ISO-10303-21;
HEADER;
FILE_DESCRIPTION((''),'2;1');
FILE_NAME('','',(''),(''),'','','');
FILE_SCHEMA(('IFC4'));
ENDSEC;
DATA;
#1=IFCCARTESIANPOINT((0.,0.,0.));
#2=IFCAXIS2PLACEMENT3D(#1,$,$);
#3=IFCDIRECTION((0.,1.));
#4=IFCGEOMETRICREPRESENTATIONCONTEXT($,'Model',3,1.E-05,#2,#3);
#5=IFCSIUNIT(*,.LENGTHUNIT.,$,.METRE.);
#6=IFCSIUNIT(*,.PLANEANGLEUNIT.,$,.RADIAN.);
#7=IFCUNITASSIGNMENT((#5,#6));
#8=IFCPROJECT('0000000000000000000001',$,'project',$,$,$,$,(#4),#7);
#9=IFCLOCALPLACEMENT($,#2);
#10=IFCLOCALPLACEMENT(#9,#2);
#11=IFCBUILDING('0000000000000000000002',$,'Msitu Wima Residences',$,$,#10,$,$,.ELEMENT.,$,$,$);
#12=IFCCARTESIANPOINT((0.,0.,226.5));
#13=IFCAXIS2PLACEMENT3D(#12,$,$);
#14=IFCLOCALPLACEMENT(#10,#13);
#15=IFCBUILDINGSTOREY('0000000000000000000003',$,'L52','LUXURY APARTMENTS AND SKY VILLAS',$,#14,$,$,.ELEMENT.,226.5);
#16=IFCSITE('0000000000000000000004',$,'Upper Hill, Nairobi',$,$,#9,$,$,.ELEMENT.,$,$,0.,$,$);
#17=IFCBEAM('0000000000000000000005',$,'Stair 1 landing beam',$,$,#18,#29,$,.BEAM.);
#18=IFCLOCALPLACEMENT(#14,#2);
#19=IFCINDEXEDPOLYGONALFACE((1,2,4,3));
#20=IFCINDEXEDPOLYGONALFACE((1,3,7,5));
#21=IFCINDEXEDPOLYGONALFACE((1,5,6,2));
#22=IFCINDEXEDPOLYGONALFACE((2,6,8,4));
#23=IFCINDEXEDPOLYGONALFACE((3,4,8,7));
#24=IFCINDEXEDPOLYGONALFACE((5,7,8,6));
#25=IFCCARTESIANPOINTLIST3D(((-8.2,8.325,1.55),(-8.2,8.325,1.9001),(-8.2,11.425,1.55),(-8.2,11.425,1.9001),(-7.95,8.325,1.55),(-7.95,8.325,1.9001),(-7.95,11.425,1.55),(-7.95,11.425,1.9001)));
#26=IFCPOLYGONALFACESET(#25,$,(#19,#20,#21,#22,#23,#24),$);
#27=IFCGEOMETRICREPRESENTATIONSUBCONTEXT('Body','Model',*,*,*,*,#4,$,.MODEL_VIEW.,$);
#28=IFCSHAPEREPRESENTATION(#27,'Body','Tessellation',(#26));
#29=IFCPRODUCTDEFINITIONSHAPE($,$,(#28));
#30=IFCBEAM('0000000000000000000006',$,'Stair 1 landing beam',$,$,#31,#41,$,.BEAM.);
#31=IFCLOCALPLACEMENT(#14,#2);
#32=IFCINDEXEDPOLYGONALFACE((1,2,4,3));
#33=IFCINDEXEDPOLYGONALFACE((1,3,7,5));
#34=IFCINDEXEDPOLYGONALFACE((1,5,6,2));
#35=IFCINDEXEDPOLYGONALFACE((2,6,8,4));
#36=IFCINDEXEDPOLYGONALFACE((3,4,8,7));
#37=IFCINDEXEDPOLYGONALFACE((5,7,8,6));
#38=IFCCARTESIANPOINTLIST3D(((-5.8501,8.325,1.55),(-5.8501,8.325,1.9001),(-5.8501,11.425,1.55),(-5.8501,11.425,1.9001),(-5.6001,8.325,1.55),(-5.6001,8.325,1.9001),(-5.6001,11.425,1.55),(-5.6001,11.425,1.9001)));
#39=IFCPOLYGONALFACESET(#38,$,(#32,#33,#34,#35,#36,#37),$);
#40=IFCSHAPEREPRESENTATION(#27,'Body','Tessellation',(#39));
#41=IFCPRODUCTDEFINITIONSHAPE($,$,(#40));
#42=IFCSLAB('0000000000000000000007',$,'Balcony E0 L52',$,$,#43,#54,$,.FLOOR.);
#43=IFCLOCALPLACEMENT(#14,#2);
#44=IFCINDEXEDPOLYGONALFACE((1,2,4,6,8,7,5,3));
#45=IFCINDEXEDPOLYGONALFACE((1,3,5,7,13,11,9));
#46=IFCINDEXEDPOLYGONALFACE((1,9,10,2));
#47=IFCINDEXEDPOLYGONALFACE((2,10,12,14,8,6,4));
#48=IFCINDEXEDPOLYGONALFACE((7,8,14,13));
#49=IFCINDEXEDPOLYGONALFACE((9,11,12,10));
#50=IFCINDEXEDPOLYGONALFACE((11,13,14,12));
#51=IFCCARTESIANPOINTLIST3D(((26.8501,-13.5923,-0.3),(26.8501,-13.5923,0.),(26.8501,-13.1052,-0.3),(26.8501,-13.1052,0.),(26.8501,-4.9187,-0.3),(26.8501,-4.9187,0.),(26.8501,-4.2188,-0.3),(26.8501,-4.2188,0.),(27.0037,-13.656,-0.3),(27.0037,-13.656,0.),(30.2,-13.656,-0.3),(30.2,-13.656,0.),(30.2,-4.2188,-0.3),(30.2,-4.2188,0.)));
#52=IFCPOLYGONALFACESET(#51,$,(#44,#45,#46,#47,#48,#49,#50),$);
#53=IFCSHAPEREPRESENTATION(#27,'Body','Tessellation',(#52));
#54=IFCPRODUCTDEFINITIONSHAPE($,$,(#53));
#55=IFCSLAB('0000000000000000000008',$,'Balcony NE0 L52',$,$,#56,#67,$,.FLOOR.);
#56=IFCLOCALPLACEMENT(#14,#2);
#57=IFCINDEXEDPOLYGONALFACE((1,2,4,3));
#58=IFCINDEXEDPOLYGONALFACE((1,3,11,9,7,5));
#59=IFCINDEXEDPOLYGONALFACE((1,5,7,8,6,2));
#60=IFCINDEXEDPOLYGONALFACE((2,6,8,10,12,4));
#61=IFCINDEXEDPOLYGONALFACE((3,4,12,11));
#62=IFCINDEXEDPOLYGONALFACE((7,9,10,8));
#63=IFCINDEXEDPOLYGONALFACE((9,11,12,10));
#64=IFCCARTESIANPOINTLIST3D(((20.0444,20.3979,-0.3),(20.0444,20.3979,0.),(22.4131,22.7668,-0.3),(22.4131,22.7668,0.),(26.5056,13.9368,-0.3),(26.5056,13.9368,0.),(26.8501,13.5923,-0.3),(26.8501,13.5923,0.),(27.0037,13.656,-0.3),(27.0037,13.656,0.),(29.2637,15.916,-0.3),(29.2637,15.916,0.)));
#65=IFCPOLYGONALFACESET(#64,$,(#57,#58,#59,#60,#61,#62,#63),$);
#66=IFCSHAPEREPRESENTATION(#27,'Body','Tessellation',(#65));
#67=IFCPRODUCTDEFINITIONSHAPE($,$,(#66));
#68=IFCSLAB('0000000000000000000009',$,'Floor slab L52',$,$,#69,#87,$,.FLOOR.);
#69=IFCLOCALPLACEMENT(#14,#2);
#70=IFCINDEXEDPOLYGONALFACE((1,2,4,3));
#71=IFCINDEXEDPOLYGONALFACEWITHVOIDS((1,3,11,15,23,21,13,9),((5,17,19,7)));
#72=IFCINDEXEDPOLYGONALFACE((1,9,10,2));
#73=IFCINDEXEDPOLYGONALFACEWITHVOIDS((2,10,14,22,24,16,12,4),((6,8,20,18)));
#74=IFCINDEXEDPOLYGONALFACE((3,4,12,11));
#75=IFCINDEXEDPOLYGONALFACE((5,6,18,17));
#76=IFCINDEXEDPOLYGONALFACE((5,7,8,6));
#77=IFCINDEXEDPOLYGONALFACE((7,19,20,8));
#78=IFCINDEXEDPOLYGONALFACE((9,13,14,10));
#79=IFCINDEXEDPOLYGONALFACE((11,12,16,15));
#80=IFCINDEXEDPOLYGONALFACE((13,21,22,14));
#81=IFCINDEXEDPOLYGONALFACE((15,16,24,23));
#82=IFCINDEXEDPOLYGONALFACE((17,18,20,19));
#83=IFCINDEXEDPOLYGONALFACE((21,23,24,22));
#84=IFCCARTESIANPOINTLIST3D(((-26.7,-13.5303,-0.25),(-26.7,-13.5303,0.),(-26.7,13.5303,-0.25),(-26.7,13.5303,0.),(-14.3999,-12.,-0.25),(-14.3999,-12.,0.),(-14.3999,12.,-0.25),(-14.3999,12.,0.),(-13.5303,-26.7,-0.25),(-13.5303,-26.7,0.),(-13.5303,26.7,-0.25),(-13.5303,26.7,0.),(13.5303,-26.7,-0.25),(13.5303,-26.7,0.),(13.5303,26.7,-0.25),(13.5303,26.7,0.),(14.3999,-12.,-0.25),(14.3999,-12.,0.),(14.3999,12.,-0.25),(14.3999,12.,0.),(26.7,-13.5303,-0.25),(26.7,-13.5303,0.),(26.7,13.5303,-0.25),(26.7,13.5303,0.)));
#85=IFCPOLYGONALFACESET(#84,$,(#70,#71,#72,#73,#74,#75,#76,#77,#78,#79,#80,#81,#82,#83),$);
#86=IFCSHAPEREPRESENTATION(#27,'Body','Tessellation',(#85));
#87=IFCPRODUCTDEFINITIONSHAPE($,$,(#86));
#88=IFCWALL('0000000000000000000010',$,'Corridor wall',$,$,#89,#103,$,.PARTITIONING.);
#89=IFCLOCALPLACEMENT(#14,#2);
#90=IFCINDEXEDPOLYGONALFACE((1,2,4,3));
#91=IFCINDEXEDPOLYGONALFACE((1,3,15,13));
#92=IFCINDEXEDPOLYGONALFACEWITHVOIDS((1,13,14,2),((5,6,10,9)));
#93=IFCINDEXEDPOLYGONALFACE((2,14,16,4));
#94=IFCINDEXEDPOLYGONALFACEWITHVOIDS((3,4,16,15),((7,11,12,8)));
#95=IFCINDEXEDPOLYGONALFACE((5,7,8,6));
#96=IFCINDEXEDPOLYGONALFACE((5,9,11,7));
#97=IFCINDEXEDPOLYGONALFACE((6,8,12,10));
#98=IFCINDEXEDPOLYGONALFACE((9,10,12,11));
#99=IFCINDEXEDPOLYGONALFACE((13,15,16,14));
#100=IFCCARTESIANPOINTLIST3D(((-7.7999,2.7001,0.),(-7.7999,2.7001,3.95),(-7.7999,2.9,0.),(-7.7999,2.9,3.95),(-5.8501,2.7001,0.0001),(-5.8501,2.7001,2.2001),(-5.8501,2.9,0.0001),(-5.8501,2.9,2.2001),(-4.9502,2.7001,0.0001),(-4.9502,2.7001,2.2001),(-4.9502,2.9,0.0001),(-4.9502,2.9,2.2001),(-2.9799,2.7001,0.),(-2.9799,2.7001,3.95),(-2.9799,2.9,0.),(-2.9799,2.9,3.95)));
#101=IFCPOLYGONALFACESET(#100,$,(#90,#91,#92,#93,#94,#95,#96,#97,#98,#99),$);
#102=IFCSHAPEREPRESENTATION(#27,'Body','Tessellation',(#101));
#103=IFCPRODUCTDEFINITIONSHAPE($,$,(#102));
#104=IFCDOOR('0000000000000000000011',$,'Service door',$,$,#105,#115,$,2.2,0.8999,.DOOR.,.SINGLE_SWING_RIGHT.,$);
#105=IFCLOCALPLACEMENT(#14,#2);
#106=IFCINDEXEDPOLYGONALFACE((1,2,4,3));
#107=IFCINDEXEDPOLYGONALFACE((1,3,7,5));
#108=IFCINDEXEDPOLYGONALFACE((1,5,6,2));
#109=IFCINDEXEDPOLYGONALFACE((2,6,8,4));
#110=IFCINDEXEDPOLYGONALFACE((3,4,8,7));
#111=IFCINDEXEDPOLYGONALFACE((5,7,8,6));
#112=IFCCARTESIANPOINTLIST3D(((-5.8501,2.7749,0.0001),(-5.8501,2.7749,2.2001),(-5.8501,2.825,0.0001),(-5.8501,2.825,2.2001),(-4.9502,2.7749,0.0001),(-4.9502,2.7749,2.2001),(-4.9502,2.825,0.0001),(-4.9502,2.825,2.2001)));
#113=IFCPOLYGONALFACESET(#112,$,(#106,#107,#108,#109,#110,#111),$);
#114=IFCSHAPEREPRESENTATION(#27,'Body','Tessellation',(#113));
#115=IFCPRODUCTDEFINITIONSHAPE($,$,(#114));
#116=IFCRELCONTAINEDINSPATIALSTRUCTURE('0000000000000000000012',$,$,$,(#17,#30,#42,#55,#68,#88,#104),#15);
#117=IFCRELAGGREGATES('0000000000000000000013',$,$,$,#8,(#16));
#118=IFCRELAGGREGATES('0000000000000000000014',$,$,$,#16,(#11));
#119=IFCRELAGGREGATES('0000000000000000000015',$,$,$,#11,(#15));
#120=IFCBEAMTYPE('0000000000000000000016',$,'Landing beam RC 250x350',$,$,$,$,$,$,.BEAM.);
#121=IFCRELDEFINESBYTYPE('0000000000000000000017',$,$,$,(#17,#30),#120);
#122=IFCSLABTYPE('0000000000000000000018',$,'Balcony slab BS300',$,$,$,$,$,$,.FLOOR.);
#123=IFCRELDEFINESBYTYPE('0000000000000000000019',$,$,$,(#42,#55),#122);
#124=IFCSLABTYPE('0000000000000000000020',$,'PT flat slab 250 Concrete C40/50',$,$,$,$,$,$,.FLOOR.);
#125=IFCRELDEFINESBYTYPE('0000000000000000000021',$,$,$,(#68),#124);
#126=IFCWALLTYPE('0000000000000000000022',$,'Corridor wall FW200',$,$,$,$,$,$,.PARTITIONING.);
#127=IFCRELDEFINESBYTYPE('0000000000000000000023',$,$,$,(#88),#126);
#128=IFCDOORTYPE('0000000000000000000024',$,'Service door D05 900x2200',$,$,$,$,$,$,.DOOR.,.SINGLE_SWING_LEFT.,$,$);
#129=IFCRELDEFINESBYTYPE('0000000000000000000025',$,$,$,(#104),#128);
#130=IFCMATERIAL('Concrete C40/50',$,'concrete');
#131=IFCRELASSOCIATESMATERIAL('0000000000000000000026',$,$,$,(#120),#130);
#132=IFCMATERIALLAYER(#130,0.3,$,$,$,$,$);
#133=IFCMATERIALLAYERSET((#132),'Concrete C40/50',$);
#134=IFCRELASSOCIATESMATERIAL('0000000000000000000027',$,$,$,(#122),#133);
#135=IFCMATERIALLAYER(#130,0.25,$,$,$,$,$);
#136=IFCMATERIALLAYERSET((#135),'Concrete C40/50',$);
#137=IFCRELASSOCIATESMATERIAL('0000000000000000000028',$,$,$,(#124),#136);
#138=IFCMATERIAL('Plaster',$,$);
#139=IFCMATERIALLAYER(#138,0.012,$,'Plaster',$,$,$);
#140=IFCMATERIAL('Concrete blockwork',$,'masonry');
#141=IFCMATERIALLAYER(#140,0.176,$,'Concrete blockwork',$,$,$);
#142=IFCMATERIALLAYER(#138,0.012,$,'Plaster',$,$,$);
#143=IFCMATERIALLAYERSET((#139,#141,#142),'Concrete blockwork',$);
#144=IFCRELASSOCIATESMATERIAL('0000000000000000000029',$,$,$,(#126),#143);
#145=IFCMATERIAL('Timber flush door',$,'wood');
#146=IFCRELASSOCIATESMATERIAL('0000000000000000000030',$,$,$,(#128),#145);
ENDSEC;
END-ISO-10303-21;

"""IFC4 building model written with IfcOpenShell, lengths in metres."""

from ifc_helpers import new_model, si_unit, direction, frame, frame_2d, origin, origin_2d, place, context, subcontext, project, spatial, polyline, rectangle, outline, extrude, material, layer, layer_set, material_profile, profile_set, type_object, element, fill, save


model = new_model("IFC4")

# Units and contexts
model_context = context("Model", 3, precision=1e-05, world=origin(), true_north=direction((0.0, 1.0)))
body_context = subcontext(model_context, "Body", "Model", "MODEL_VIEW")
ifc_project = project(units=[si_unit("LENGTHUNIT", "METRE"), si_unit("PLANEANGLEUNIT", "RADIAN")], contexts=[model_context])

# Site, building, storey
site_placement = place(None, origin())
site = spatial("IfcSite", under=ifc_project, at=site_placement, Name="Upper Hill, Nairobi", CompositionType="ELEMENT", RefElevation=0.0)
building_placement = place(site_placement, origin())
building = spatial("IfcBuilding", under=site, at=building_placement, Name="Msitu Wima Residences", CompositionType="ELEMENT")
storey_placement = place(building_placement, frame((0.0, 0.0, 226.5)))
storey = spatial("IfcBuildingStorey", under=building, at=storey_placement, Name="L52", Description="LUXURY APARTMENTS AND SKY VILLAS", CompositionType="ELEMENT", Elevation=226.5)

# Beams
ifc_material_1 = material(Name="Concrete C40/50", Category="concrete")
ifc_material_profile = material_profile(ifc_material_1, rectangle(XDim=0.25, YDim=0.3501, at=origin_2d()), Name="RC 250x350")
ifc_profile_set = profile_set([ifc_material_profile], Name="Concrete C40/50")
beam_type = type_object("IfcBeamType", Name="Landing beam RC 250x350", PredefinedType="BEAM", material=ifc_profile_set)
for number, where, z_axis, x_axis, name in (
    (1, (-8.075, 8.325, 1.7251), (0.0, 1.0, 0.0), (-1.0, 0.0, 0.0), "Stair 1 landing beam"),
    (2, (-5.7251, 8.325, 1.7251), (0.0, 1.0, 0.0), (-1.0, 0.0, 0.0), "Stair 1 landing beam"),
):
    element("IfcBeam", number, at=place(storey_placement, frame(where, z_axis=z_axis, x_axis=x_axis)), inside=storey, type_object=beam_type, Name=name, PredefinedType="BEAM", context=body_context, shape_type="SweptSolid", body=[
        extrude(rectangle(XDim=0.25, YDim=0.3501, at=origin_2d()), origin(), (0.0, 0.0, 1.0), 3.1001),
    ])

# Slabs
ifc_layer_1 = layer(ifc_material_1, 0.3)
ifc_layer_set_1 = layer_set([ifc_layer_1], Name="Concrete C40/50")
slab_type_1 = type_object("IfcSlabType", Name="Balcony slab BS300", PredefinedType="FLOOR", material=ifc_layer_set_1)
slab_1_placement = place(storey_placement, frame((0.0, 0.0, -0.3)))
element("IfcSlab", 3, at=slab_1_placement, inside=storey, type_object=slab_type_1, Name="Balcony E0 L52", PredefinedType="FLOOR", context=body_context, shape_type="SweptSolid", body=[
    extrude(outline(polyline([(26.8501, -13.1052), (26.8501, -13.1052), (26.8501, -4.9187), (26.8501, -4.2188), (30.2, -4.2188), (30.2, -13.656), (27.0037, -13.656), (26.8501, -13.5923), (26.8501, -13.1052), (26.8501, -13.1052)])), origin(), (0.0, 0.0, 1.0), 0.3),
])
slab_2_placement = place(storey_placement, frame((0.0, 0.0, -0.3)))
element("IfcSlab", 4, at=slab_2_placement, inside=storey, type_object=slab_type_1, Name="Balcony NE0 L52", PredefinedType="FLOOR", context=body_context, shape_type="SweptSolid", body=[
    extrude(outline(polyline([(26.5056, 13.9368), (26.5056, 13.9368), (20.0444, 20.3979), (22.4131, 22.7668), (29.2637, 15.916), (27.0037, 13.656), (26.8501, 13.5923), (26.5056, 13.9368), (26.5056, 13.9368)])), origin(), (0.0, 0.0, 1.0), 0.3),
])
ifc_layer_2 = layer(ifc_material_1, 0.25)
ifc_layer_set_2 = layer_set([ifc_layer_2], Name="Concrete C40/50")
slab_type_2 = type_object("IfcSlabType", Name="PT flat slab 250 Concrete C40/50", PredefinedType="FLOOR", material=ifc_layer_set_2)
slab_3_placement = place(storey_placement, frame((0.0, 0.0, -0.25)))
element("IfcSlab", 5, at=slab_3_placement, inside=storey, type_object=slab_type_2, Name="Floor slab L52", PredefinedType="FLOOR", context=body_context, shape_type="SweptSolid", body=[
    extrude(outline(polyline([(26.7, -13.5303), (13.5303, -26.7), (-13.5303, -26.7), (-26.7, -13.5303), (-26.7, 13.5303), (-13.5303, 26.7), (13.5303, 26.7), (26.7, 13.5303), (26.7, -13.5303)]), holes=[polyline([(-14.3999, -12.0), (14.3999, -12.0), (14.3999, 12.0), (-14.3999, 12.0), (-14.3999, -12.0)])]), origin(), (0.0, 0.0, 1.0), 0.25),
])

# Wall, opening, door
ifc_material_2 = material(Name="Plaster")
ifc_layer_3 = layer(ifc_material_2, 0.012, Name="Plaster")
ifc_material_3 = material(Name="Concrete blockwork", Category="masonry")
ifc_layer_4 = layer(ifc_material_3, 0.176, Name="Concrete blockwork")
ifc_layer_5 = layer(ifc_material_2, 0.012, Name="Plaster")
ifc_layer_set_3 = layer_set([ifc_layer_3, ifc_layer_4, ifc_layer_5], Name="Concrete blockwork")
wall_type_1 = type_object("IfcWallType", Name="Corridor wall FW200", PredefinedType="PARTITIONING", material=ifc_layer_set_3)
wall_1_placement = place(storey_placement, frame((-7.8, 2.8, 0.0), z_axis=(0.0, 0.0, 1.0), x_axis=(1.0, 0.0, 0.0)))
wall_1 = element("IfcWall", 6, at=wall_1_placement, inside=storey, type_object=wall_type_1, Name="Corridor wall", PredefinedType="PARTITIONING", context=body_context, shape_type="SweptSolid", body=[
    extrude(rectangle(XDim=4.8201, YDim=0.2, at=frame_2d((2.4102, 0.0))), origin(), (0.0, 0.0, 1.0), 3.95),
])
opening_1_placement = place(wall_1_placement, frame((1.95, 0.0, 0.0)))
opening_1 = element("IfcOpeningElement", 7, at=opening_1_placement, cuts=wall_1, PredefinedType="OPENING", context=body_context, shape_type="SweptSolid", body=[
    extrude(rectangle(XDim=0.8999, YDim=2.2, at=frame_2d((0.45, 1.1001))), frame((0.0, 0.1099, 0.0), z_axis=(0.0, -1.0, 0.0), x_axis=(1.0, 0.0, 0.0)), (0.0, 0.0, 1.0), 0.22),
])
ifc_material_4 = material(Name="Timber flush door", Category="wood")
door_type_1 = type_object("IfcDoorType", Name="Service door D05 900x2200", OperationType="SINGLE_SWING_LEFT", PredefinedType="DOOR", material=ifc_material_4)
door_1_placement = place(opening_1_placement, origin())
door_1 = element("IfcDoor", 8, at=door_1_placement, inside=storey, type_object=door_type_1, Name="Service door", OperationType="SINGLE_SWING_RIGHT", OverallHeight=2.2, OverallWidth=0.8999, PredefinedType="DOOR", context=body_context, shape_type="SweptSolid", body=[
    extrude(rectangle(XDim=0.8999, YDim=2.2, at=frame_2d((0.45, 1.1001))), frame((0.0, 0.0249, 0.0), z_axis=(0.0, -1.0, 0.0), x_axis=(1.0, 0.0, 0.0)), (0.0, 0.0, 1.0), 0.05),
])
fill(opening_1, door_1)

save(model, "model.ifc")
